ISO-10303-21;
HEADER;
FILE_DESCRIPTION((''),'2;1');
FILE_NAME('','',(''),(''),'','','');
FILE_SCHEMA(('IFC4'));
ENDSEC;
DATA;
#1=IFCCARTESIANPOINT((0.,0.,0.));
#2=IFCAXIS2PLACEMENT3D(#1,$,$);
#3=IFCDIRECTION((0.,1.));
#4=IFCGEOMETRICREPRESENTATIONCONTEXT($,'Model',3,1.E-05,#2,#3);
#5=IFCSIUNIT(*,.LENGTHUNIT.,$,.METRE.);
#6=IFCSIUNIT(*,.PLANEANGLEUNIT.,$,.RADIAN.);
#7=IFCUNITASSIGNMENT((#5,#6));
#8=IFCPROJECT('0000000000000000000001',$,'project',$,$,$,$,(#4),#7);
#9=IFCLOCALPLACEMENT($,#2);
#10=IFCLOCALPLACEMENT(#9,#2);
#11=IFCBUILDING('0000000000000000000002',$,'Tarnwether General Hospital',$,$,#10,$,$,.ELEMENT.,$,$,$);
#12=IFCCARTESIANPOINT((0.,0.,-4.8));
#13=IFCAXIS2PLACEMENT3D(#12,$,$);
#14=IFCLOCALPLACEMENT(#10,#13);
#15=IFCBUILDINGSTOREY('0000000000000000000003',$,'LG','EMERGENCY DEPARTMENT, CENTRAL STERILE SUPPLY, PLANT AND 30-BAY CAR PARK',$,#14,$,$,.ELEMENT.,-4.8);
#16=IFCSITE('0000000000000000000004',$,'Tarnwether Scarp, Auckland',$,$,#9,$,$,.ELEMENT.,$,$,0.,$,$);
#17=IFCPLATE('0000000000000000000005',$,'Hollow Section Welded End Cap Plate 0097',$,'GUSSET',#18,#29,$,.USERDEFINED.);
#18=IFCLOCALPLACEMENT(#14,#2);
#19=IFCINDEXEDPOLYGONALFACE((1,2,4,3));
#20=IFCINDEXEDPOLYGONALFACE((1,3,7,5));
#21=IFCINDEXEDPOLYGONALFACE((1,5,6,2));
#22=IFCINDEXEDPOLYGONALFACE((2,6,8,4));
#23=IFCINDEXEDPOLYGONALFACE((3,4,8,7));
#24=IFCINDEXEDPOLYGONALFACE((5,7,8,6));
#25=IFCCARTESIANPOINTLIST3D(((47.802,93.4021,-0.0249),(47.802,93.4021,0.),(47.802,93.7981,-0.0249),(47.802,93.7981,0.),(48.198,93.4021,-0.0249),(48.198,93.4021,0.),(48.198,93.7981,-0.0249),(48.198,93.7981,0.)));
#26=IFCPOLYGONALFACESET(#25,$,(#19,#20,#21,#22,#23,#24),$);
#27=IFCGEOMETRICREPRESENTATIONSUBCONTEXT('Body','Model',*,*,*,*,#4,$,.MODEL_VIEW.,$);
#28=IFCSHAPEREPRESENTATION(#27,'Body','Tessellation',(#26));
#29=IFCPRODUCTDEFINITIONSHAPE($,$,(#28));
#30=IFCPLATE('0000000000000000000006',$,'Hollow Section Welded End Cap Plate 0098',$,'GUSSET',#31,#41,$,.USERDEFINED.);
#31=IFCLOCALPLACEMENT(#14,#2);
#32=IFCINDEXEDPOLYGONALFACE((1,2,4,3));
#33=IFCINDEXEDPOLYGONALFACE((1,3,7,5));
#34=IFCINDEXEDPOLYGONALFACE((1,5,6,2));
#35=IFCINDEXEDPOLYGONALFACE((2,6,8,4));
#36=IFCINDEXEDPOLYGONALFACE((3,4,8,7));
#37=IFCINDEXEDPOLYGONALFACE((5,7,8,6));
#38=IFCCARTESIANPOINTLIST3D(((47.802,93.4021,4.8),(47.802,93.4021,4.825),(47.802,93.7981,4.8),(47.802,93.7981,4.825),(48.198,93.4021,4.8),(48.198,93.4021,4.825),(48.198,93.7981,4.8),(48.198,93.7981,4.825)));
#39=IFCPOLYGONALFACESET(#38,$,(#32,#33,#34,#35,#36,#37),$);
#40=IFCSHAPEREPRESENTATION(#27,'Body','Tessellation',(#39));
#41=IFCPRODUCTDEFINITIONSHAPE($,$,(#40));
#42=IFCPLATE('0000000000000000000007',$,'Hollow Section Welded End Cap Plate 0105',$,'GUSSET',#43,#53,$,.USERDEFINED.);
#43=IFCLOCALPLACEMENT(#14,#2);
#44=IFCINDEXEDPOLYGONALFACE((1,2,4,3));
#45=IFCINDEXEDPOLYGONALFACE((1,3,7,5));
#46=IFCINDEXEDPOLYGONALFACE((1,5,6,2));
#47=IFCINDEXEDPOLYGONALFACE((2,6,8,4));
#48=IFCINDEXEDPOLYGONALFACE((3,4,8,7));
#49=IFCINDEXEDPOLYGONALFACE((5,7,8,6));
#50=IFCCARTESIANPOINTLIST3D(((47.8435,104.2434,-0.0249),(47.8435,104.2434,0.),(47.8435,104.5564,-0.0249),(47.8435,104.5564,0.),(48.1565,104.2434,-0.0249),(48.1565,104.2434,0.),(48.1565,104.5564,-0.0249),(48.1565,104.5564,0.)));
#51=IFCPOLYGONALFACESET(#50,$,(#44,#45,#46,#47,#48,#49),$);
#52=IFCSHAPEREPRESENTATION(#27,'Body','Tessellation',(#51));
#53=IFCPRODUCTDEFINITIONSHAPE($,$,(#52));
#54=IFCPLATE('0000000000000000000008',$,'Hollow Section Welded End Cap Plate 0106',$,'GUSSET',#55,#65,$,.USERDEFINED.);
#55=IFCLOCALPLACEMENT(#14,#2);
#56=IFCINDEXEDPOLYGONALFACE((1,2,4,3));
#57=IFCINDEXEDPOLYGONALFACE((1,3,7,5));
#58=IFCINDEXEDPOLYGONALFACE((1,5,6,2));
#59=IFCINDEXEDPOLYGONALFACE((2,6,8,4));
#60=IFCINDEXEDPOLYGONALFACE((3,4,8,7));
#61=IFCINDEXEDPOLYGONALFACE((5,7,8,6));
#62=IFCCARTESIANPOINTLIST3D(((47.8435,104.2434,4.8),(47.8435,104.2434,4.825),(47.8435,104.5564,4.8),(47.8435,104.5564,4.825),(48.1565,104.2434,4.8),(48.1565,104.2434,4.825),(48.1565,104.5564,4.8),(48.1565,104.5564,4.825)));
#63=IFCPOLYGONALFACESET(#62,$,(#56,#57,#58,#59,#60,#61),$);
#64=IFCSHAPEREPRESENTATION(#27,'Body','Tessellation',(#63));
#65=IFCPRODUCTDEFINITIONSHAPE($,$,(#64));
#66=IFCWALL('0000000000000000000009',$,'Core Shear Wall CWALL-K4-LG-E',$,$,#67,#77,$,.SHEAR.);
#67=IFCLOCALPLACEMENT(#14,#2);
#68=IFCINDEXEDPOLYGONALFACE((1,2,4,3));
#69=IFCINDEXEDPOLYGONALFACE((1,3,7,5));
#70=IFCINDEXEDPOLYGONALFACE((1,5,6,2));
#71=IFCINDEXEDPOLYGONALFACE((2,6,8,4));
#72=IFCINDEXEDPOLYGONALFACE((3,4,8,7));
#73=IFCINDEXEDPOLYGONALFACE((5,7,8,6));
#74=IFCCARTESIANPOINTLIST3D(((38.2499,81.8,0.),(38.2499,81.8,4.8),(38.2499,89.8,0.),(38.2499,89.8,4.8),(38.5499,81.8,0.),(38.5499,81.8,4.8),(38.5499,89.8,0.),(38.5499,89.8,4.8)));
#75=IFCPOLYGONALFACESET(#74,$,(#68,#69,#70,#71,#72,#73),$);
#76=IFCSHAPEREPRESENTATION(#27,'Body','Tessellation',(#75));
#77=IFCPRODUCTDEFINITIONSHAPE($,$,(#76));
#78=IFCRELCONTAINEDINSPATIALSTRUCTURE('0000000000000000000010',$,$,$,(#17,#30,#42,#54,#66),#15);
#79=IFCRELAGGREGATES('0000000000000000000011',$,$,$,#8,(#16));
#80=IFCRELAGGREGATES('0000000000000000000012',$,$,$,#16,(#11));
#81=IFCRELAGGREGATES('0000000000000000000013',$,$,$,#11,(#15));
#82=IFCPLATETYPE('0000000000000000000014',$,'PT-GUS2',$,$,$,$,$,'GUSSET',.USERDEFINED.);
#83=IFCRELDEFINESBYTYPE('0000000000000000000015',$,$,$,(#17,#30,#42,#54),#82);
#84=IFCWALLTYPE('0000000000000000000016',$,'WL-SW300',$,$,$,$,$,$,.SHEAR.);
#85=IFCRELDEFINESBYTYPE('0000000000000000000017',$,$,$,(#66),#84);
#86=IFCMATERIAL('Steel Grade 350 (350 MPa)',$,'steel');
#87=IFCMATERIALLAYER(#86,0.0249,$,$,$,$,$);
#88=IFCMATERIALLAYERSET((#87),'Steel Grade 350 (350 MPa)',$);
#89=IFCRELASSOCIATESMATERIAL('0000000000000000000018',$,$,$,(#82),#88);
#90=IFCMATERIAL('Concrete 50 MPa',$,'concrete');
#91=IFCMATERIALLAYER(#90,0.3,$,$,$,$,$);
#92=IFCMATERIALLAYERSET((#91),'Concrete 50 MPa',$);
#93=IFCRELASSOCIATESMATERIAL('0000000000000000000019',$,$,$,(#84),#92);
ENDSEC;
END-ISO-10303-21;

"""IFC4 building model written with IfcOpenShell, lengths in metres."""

from ifc_helpers import new_model, si_unit, direction, frame, frame_2d, origin, origin_2d, place, context, subcontext, project, spatial, rectangle, extrude, material, layer, layer_set, type_object, element, save


model = new_model("IFC4")

# Units and contexts
model_context = context("Model", 3, precision=1e-05, world=origin(), true_north=direction((0.0, 1.0)))
body_context = subcontext(model_context, "Body", "Model", "MODEL_VIEW")
ifc_project = project(units=[si_unit("LENGTHUNIT", "METRE"), si_unit("PLANEANGLEUNIT", "RADIAN")], contexts=[model_context])

# Site, building, storey
site_placement = place(None, origin())
site = spatial("IfcSite", under=ifc_project, at=site_placement, Name="Tarnwether Scarp, Auckland", CompositionType="ELEMENT", RefElevation=0.0)
building_placement = place(site_placement, origin())
building = spatial("IfcBuilding", under=site, at=building_placement, Name="Tarnwether General Hospital", CompositionType="ELEMENT")
storey_placement = place(building_placement, frame((0.0, 0.0, -4.8)))
storey = spatial("IfcBuildingStorey", under=building, at=storey_placement, Name="LG", Description="EMERGENCY DEPARTMENT, CENTRAL STERILE SUPPLY, PLANT AND 30-BAY CAR PARK", CompositionType="ELEMENT", Elevation=-4.8)

# Plates
ifc_material_1 = material(Name="Steel Grade 350 (350 MPa)", Category="steel")
ifc_layer_1 = layer(ifc_material_1, 0.0249)
ifc_layer_set_1 = layer_set([ifc_layer_1], Name="Steel Grade 350 (350 MPa)")
plate_type = type_object("IfcPlateType", Name="PT-GUS2", ElementType="GUSSET", PredefinedType="USERDEFINED", material=ifc_layer_set_1)
for number, where, z_axis, x_axis, name in (
    (1, (48.0, 93.6001, -0.0249), (0.0, 0.0, 1.0), (1.0, 0.0, 0.0), "Hollow Section Welded End Cap Plate 0097"),
    (2, (48.0, 93.6001, 4.8), (0.0, 0.0, 1.0), (1.0, 0.0, 0.0), "Hollow Section Welded End Cap Plate 0098"),
):
    element("IfcPlate", number, at=place(storey_placement, frame(where, z_axis=z_axis, x_axis=x_axis)), inside=storey, type_object=plate_type, Name=name, ObjectType="GUSSET", PredefinedType="USERDEFINED", context=body_context, shape_type="SweptSolid", body=[
        extrude(rectangle(XDim=0.396, YDim=0.396, at=origin_2d()), origin(), (0.0, 0.0, 1.0), 0.0249),
    ])
for number, where, z_axis, x_axis, name in (
    (3, (48.0, 104.3999, -0.0249), (0.0, 0.0, 1.0), (1.0, 0.0, 0.0), "Hollow Section Welded End Cap Plate 0105"),
    (4, (48.0, 104.3999, 4.8), (0.0, 0.0, 1.0), (1.0, 0.0, 0.0), "Hollow Section Welded End Cap Plate 0106"),
):
    element("IfcPlate", number, at=place(storey_placement, frame(where, z_axis=z_axis, x_axis=x_axis)), inside=storey, type_object=plate_type, Name=name, ObjectType="GUSSET", PredefinedType="USERDEFINED", context=body_context, shape_type="SweptSolid", body=[
        extrude(rectangle(XDim=0.313, YDim=0.313, at=origin_2d()), origin(), (0.0, 0.0, 1.0), 0.0249),
    ])

# Wall
ifc_material_2 = material(Name="Concrete 50 MPa", Category="concrete")
ifc_layer_2 = layer(ifc_material_2, 0.3)
ifc_layer_set_2 = layer_set([ifc_layer_2], Name="Concrete 50 MPa")
wall_type = type_object("IfcWallType", Name="WL-SW300", PredefinedType="SHEAR", material=ifc_layer_set_2)
wall_placement = place(storey_placement, frame((38.3999, 89.8, 0.0), z_axis=(0.0, 0.0, 1.0), x_axis=(0.0, -1.0, 0.0)))
element("IfcWall", 5, at=wall_placement, inside=storey, type_object=wall_type, Name="Core Shear Wall CWALL-K4-LG-E", PredefinedType="SHEAR", context=body_context, shape_type="SweptSolid", body=[
    extrude(rectangle(XDim=8.0, YDim=0.3, at=frame_2d((4.0, 0.0))), origin(), (0.0, 0.0, 1.0), 4.8),
])

save(model, "model.ifc")
